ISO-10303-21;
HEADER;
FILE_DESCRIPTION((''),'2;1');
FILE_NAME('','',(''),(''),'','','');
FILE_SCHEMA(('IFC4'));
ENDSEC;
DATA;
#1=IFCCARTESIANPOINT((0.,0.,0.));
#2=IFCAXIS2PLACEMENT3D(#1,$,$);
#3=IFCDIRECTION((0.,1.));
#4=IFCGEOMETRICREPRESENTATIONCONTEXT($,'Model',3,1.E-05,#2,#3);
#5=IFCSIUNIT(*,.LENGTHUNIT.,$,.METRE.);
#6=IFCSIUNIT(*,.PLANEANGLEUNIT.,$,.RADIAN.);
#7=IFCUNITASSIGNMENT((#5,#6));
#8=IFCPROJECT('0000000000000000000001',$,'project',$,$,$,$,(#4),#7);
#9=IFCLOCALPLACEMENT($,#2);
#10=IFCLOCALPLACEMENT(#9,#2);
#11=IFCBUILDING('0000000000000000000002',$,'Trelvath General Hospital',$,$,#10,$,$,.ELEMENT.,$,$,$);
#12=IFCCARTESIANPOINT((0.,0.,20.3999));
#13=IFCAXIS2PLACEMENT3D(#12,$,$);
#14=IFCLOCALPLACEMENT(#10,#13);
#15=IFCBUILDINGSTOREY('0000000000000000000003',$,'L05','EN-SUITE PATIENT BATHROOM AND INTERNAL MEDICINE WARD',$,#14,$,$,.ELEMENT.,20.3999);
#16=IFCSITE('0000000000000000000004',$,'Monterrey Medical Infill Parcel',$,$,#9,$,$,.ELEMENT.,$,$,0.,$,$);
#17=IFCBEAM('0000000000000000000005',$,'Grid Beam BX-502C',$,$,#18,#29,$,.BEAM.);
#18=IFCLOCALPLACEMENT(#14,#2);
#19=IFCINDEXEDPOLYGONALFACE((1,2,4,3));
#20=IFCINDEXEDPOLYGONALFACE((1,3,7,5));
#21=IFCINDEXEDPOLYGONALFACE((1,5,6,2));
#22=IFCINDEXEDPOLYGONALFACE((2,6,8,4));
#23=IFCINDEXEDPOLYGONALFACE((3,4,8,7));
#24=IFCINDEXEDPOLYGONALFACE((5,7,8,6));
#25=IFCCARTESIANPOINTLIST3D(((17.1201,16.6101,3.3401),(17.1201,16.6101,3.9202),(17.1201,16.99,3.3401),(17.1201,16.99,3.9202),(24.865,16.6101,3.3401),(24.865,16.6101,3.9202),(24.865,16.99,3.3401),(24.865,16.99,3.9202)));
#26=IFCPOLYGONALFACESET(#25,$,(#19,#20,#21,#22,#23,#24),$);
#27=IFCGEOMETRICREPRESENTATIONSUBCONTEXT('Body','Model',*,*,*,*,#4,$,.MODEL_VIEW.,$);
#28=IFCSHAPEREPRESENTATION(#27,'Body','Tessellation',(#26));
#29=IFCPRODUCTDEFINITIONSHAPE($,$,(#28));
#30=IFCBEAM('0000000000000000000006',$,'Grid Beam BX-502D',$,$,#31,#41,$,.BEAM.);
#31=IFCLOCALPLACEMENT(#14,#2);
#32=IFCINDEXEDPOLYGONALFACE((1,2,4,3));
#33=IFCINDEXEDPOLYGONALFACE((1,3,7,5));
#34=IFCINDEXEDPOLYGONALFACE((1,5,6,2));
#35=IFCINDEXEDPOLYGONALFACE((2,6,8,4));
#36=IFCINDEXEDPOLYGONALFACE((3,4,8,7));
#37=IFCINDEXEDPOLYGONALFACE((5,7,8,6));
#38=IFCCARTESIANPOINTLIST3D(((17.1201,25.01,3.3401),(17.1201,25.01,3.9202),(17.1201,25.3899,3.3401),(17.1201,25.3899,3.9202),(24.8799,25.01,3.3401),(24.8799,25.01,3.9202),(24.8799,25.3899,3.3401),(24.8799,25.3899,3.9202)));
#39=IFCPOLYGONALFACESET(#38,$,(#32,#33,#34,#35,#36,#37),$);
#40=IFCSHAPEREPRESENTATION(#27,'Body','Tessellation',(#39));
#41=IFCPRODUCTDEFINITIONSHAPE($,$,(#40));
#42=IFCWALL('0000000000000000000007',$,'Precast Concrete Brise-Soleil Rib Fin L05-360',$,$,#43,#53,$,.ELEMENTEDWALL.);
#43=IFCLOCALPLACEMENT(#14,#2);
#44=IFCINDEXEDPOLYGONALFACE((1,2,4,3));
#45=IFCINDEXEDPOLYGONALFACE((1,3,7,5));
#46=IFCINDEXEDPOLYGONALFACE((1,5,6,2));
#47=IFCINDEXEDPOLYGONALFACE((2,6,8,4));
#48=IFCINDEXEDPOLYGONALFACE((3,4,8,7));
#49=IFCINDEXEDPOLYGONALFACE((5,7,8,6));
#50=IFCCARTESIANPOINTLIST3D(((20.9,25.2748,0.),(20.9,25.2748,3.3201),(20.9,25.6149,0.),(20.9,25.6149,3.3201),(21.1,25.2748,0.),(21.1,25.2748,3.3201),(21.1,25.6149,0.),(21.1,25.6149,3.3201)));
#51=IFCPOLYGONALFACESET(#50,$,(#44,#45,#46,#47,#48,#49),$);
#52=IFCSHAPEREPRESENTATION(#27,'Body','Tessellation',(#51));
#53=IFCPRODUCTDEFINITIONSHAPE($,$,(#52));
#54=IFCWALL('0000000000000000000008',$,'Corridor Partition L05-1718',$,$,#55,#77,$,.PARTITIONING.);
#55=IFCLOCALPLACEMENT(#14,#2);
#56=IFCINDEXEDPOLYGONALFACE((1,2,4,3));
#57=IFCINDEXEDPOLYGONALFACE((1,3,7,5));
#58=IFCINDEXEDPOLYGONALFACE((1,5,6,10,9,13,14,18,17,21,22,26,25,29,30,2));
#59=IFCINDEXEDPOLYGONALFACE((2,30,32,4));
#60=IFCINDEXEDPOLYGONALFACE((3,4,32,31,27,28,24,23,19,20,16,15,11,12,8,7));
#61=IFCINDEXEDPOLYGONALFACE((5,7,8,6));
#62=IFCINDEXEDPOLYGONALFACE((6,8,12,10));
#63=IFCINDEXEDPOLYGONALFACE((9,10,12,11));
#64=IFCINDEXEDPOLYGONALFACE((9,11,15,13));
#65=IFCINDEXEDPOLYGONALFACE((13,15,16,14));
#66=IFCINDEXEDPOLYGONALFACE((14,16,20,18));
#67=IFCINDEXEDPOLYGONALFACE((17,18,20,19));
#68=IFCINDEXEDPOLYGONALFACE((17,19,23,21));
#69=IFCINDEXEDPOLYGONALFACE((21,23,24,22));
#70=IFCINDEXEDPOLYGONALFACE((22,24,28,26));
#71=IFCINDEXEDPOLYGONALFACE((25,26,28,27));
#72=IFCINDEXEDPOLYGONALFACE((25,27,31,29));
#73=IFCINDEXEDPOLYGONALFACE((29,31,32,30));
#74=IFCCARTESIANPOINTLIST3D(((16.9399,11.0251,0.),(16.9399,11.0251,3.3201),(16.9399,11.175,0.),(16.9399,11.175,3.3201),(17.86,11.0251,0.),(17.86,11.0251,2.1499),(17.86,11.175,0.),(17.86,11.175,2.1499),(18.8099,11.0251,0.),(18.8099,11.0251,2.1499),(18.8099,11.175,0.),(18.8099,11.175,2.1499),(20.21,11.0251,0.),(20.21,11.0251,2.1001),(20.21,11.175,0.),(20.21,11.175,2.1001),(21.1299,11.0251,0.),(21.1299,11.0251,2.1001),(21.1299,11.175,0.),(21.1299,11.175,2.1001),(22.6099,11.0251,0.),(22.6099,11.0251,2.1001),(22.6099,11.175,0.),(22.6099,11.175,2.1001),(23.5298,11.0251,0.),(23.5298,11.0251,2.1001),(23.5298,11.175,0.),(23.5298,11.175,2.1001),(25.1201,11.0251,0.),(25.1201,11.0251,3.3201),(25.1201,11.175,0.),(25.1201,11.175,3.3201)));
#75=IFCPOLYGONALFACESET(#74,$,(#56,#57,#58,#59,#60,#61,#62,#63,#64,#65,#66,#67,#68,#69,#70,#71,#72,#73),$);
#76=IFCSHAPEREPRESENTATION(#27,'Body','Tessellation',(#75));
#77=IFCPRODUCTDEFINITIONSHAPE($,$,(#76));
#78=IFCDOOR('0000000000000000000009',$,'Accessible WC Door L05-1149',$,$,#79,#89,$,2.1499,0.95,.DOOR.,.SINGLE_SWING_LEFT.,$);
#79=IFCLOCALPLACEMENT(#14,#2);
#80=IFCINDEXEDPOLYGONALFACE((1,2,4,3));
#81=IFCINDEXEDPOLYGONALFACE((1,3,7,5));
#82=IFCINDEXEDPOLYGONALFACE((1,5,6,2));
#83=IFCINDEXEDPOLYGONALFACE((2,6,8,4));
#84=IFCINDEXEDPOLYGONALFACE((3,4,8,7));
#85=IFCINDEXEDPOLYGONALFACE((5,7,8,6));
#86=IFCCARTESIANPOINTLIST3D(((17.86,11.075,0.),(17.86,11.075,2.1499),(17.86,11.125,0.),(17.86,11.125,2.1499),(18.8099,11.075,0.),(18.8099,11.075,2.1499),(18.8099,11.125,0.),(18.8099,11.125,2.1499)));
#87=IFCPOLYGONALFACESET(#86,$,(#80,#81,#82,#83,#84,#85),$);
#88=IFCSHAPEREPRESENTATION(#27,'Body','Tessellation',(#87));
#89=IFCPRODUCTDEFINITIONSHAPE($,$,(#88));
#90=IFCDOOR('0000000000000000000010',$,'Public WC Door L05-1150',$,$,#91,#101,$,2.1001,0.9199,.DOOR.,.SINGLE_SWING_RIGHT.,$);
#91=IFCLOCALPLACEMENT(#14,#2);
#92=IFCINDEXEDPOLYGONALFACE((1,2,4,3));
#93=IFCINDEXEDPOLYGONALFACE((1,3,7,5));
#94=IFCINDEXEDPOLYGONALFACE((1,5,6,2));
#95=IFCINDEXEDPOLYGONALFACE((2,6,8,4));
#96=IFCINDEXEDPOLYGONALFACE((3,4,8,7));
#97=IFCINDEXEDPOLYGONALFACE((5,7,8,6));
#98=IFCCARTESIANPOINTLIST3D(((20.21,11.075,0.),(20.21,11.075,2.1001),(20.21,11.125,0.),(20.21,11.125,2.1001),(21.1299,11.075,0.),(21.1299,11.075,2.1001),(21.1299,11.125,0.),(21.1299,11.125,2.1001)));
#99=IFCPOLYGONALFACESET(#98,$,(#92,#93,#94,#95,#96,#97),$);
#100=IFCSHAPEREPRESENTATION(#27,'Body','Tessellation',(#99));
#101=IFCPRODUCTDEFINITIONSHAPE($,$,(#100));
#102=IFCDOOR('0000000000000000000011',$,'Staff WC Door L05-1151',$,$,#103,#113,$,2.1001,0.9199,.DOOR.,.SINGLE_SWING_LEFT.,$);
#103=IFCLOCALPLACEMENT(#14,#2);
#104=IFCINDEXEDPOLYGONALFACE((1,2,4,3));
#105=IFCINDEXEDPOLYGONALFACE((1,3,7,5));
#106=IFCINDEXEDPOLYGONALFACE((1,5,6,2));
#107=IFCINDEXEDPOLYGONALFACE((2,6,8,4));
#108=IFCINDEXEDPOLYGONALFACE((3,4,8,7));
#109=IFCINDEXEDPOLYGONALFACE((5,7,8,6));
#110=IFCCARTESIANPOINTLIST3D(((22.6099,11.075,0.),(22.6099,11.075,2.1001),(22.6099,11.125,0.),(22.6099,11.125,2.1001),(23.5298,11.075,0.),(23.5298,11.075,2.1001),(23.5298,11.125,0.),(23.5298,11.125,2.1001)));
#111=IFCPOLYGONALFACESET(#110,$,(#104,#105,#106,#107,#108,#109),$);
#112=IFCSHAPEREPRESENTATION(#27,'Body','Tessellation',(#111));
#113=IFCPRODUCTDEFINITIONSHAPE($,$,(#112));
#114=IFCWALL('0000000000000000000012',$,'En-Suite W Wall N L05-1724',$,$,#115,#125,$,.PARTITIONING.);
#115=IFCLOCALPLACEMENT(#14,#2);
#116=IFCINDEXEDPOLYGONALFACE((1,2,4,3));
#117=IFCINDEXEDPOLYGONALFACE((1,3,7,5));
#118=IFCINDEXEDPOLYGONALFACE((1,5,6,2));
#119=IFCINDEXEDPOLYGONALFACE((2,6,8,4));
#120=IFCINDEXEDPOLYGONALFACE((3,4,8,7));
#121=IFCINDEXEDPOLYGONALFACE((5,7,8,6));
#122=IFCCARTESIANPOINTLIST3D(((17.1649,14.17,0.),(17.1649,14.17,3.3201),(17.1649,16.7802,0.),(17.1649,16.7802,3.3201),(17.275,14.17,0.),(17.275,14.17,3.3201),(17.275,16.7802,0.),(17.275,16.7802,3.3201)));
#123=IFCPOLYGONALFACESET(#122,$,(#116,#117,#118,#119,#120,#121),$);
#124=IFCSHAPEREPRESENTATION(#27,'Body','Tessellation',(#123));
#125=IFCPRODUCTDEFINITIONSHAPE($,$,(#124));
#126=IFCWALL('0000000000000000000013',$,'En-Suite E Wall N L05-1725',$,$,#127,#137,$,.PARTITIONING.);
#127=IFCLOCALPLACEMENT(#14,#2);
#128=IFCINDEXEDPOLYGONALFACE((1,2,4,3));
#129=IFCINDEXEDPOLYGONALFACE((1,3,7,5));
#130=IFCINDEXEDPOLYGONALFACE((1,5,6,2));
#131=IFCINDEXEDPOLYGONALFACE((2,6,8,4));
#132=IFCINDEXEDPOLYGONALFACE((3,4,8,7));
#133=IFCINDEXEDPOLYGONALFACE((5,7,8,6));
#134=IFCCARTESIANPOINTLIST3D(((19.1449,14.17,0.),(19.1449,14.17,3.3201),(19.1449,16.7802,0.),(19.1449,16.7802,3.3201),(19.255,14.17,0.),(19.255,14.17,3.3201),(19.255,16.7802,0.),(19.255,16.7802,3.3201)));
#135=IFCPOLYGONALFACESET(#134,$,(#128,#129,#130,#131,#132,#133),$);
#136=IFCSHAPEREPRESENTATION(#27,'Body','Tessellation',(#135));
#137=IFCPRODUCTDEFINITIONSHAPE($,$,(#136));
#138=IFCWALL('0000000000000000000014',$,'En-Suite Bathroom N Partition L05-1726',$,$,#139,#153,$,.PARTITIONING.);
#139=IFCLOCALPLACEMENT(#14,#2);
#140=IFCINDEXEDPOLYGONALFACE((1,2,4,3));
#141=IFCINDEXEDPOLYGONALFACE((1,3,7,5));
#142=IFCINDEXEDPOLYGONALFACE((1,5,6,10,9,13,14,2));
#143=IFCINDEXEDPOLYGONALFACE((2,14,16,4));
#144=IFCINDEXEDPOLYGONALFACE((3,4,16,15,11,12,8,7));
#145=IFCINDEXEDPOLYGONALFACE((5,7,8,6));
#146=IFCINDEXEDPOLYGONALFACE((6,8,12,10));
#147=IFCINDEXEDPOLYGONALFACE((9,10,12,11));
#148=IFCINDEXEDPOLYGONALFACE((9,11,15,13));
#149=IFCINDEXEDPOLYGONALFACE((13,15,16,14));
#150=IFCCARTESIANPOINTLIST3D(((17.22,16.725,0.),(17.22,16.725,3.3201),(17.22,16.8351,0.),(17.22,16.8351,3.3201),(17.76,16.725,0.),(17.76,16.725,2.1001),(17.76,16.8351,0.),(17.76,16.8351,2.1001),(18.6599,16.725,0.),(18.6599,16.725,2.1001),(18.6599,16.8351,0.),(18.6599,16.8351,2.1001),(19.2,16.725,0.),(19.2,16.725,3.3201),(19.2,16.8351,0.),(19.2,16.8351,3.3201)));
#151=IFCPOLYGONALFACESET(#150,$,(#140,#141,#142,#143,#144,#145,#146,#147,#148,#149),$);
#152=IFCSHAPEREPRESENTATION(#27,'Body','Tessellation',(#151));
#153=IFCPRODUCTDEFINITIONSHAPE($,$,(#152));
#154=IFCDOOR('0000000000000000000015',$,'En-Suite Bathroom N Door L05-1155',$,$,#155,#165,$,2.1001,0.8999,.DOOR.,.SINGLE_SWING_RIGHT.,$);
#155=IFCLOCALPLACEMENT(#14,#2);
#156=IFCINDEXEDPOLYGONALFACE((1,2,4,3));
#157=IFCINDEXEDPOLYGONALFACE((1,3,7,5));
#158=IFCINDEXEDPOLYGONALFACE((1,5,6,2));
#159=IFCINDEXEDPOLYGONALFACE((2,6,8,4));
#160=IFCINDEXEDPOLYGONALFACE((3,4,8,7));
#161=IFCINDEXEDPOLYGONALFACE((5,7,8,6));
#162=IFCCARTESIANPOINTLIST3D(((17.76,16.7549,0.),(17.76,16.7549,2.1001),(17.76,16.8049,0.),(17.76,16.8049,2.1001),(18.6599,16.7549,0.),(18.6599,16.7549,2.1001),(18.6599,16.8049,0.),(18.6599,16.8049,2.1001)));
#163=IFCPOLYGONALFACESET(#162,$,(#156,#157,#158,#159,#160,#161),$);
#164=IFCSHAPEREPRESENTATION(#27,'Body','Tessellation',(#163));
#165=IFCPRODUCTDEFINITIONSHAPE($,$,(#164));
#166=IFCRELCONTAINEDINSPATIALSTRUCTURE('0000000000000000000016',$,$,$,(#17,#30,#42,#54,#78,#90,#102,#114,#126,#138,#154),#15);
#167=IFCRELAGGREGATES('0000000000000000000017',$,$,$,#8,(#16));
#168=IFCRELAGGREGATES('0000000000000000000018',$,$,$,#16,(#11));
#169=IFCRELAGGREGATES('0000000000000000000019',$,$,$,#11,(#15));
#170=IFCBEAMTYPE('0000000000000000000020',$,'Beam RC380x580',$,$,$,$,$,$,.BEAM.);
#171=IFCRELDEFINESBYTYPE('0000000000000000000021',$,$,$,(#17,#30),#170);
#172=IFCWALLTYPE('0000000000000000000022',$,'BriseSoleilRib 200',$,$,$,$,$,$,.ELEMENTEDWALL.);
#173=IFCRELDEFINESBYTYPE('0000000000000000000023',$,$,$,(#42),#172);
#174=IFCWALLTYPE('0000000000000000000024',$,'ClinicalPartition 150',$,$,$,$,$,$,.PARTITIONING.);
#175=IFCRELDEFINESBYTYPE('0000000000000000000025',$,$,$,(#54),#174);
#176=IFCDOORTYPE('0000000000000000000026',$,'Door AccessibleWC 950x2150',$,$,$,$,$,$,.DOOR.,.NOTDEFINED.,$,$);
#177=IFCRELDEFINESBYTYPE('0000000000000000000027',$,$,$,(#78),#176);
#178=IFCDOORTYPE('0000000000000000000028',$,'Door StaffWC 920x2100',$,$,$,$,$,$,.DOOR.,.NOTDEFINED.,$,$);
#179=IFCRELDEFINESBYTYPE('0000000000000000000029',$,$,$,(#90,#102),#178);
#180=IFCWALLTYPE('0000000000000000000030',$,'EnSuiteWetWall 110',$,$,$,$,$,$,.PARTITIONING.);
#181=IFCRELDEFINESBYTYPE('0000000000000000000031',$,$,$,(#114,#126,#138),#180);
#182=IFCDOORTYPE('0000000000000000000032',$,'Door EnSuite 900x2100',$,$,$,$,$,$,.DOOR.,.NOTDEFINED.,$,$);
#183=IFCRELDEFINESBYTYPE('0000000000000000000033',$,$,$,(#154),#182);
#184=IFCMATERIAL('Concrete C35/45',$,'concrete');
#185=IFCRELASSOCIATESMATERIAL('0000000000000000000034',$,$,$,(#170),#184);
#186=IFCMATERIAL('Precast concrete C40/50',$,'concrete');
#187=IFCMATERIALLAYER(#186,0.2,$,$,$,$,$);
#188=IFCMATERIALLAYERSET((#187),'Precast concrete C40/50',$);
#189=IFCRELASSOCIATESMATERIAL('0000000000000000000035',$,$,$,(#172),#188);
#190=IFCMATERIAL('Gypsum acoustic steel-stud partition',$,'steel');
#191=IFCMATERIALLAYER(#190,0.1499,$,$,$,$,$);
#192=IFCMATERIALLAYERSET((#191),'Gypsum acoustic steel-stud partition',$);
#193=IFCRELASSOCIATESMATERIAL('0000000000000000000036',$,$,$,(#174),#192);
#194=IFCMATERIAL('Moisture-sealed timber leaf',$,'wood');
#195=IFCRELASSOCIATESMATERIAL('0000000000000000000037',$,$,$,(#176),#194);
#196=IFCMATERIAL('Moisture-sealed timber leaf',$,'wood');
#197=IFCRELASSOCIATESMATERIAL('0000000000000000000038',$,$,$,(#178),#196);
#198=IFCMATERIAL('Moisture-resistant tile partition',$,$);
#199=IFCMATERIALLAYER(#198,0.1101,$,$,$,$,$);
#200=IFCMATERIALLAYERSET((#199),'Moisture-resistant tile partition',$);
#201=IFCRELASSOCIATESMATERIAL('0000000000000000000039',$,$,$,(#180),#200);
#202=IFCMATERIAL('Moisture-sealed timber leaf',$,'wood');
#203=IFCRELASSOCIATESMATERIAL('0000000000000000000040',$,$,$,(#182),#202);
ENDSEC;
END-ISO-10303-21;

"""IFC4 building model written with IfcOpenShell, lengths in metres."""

from ifc_helpers import new_model, si_unit, direction, frame, frame_2d, origin, origin_2d, place, context, subcontext, project, spatial, rectangle, extrude, material, layer, layer_set, material_profile, profile_set, type_object, element, fill, save


model = new_model("IFC4")

# Units and contexts
model_context = context("Model", 3, precision=1e-05, world=origin(), true_north=direction((0.0, 1.0)))
body_context = subcontext(model_context, "Body", "Model", "MODEL_VIEW")
ifc_project = project(units=[si_unit("LENGTHUNIT", "METRE"), si_unit("PLANEANGLEUNIT", "RADIAN")], contexts=[model_context])

# Site, building, storey
site_placement = place(None, origin())
site = spatial("IfcSite", under=ifc_project, at=site_placement, Name="Monterrey Medical Infill Parcel", CompositionType="ELEMENT", RefElevation=0.0)
building_placement = place(site_placement, origin())
building = spatial("IfcBuilding", under=site, at=building_placement, Name="Trelvath General Hospital", CompositionType="ELEMENT")
storey_placement = place(building_placement, frame((0.0, 0.0, 20.3999)))
storey = spatial("IfcBuildingStorey", under=building, at=storey_placement, Name="L05", Description="EN-SUITE PATIENT BATHROOM AND INTERNAL MEDICINE WARD", CompositionType="ELEMENT", Elevation=20.3999)

# Beams
ifc_material_1 = material(Name="Concrete C35/45", Category="concrete")
ifc_material_profile = material_profile(ifc_material_1, rectangle(XDim=0.3799, YDim=0.5801, at=origin_2d()), Name="RCB380x580")
ifc_profile_set = profile_set([ifc_material_profile], Name="Concrete C35/45")
beam_type = type_object("IfcBeamType", Name="Beam RC380x580", PredefinedType="BEAM", material=ifc_profile_set)
beam_1_placement = place(storey_placement, frame((17.1201, 16.8, 3.6301), z_axis=(1.0, 0.0, 0.0), x_axis=(0.0, 1.0, 0.0)))
element("IfcBeam", 1, at=beam_1_placement, inside=storey, type_object=beam_type, Name="Grid Beam BX-502C", PredefinedType="BEAM", context=body_context, shape_type="SweptSolid", body=[
    extrude(rectangle(XDim=0.3799, YDim=0.5801, at=origin_2d()), origin(), (0.0, 0.0, 1.0), 7.7449),
])
beam_2_placement = place(storey_placement, frame((17.1201, 25.2, 3.6301), z_axis=(1.0, 0.0, 0.0), x_axis=(0.0, 1.0, 0.0)))
element("IfcBeam", 2, at=beam_2_placement, inside=storey, type_object=beam_type, Name="Grid Beam BX-502D", PredefinedType="BEAM", context=body_context, shape_type="SweptSolid", body=[
    extrude(rectangle(XDim=0.3799, YDim=0.5801, at=origin_2d()), origin(), (0.0, 0.0, 1.0), 7.7598),
])

# Wall
ifc_material_2 = material(Name="Precast concrete C40/50", Category="concrete")
ifc_layer_1 = layer(ifc_material_2, 0.2)
ifc_layer_set_1 = layer_set([ifc_layer_1], Name="Precast concrete C40/50")
wall_type_1 = type_object("IfcWallType", Name="BriseSoleilRib 200", PredefinedType="ELEMENTEDWALL", material=ifc_layer_set_1)
wall_1_placement = place(storey_placement, frame((21.0, 25.2749, 0.0), z_axis=(0.0, 0.0, 1.0), x_axis=(0.0, 1.0, 0.0)))
element("IfcWall", 3, at=wall_1_placement, inside=storey, type_object=wall_type_1, Name="Precast Concrete Brise-Soleil Rib Fin L05-360", PredefinedType="ELEMENTEDWALL", context=body_context, shape_type="SweptSolid", body=[
    extrude(rectangle(XDim=0.3401, YDim=0.2, at=frame_2d((0.1699, 0.0))), origin(), (0.0, 0.0, 1.0), 3.3201),
])

# Wall, openings, doors
ifc_material_3 = material(Name="Gypsum acoustic steel-stud partition", Category="steel")
ifc_layer_2 = layer(ifc_material_3, 0.1499)
ifc_layer_set_2 = layer_set([ifc_layer_2], Name="Gypsum acoustic steel-stud partition")
wall_type_2 = type_object("IfcWallType", Name="ClinicalPartition 150", PredefinedType="PARTITIONING", material=ifc_layer_set_2)
wall_2_placement = place(storey_placement, frame((16.9399, 11.1001, 0.0), z_axis=(0.0, 0.0, 1.0), x_axis=(1.0, 0.0, 0.0)))
wall_2 = element("IfcWall", 4, at=wall_2_placement, inside=storey, type_object=wall_type_2, Name="Corridor Partition L05-1718", PredefinedType="PARTITIONING", context=body_context, shape_type="SweptSolid", body=[
    extrude(rectangle(XDim=8.1802, YDim=0.1499, at=frame_2d((4.0901, 0.0))), origin(), (0.0, 0.0, 1.0), 3.3201),
])
opening_1_placement = place(wall_2_placement, frame((0.9199, 0.0, 0.0)))
opening_1 = element("IfcOpeningElement", 5, at=opening_1_placement, cuts=wall_2, PredefinedType="OPENING", context=body_context, shape_type="SweptSolid", body=[
    extrude(rectangle(XDim=0.95, YDim=2.1499, at=frame_2d((0.4751, 1.075))), frame((0.0, 0.085, 0.0), z_axis=(0.0, -1.0, 0.0), x_axis=(1.0, 0.0, 0.0)), (0.0, 0.0, 1.0), 0.1699),
])
opening_2_placement = place(wall_2_placement, frame((3.27, 0.0, 0.0)))
opening_2 = element("IfcOpeningElement", 6, at=opening_2_placement, cuts=wall_2, PredefinedType="OPENING", context=body_context, shape_type="SweptSolid", body=[
    extrude(rectangle(XDim=0.9199, YDim=2.1001, at=frame_2d((0.46, 1.05))), frame((0.0, 0.085, 0.0), z_axis=(0.0, -1.0, 0.0), x_axis=(1.0, 0.0, 0.0)), (0.0, 0.0, 1.0), 0.1699),
])
opening_3_placement = place(wall_2_placement, frame((5.6699, 0.0, 0.0)))
opening_3 = element("IfcOpeningElement", 7, at=opening_3_placement, cuts=wall_2, PredefinedType="OPENING", context=body_context, shape_type="SweptSolid", body=[
    extrude(rectangle(XDim=0.9199, YDim=2.1001, at=frame_2d((0.46, 1.05))), frame((0.0, 0.085, 0.0), z_axis=(0.0, -1.0, 0.0), x_axis=(1.0, 0.0, 0.0)), (0.0, 0.0, 1.0), 0.1699),
])
ifc_material_4 = material(Name="Moisture-sealed timber leaf", Category="wood")
door_type_1 = type_object("IfcDoorType", Name="Door AccessibleWC 950x2150", OperationType="NOTDEFINED", PredefinedType="DOOR", material=ifc_material_4)
door_1_placement = place(opening_1_placement, origin())
door_1 = element("IfcDoor", 8, at=door_1_placement, inside=storey, type_object=door_type_1, Name="Accessible WC Door L05-1149", OperationType="SINGLE_SWING_LEFT", OverallHeight=2.1499, OverallWidth=0.95, PredefinedType="DOOR", context=body_context, shape_type="SweptSolid", body=[
    extrude(rectangle(XDim=0.95, YDim=2.1499, at=frame_2d((0.4751, 1.075))), frame((0.0, 0.0249, 0.0), z_axis=(0.0, -1.0, 0.0), x_axis=(1.0, 0.0, 0.0)), (0.0, 0.0, 1.0), 0.05),
])
fill(opening_1, door_1)
ifc_material_5 = material(Name="Moisture-sealed timber leaf", Category="wood")
door_type_2 = type_object("IfcDoorType", Name="Door StaffWC 920x2100", OperationType="NOTDEFINED", PredefinedType="DOOR", material=ifc_material_5)
door_2_placement = place(opening_2_placement, origin())
door_2 = element("IfcDoor", 9, at=door_2_placement, inside=storey, type_object=door_type_2, Name="Public WC Door L05-1150", OperationType="SINGLE_SWING_RIGHT", OverallHeight=2.1001, OverallWidth=0.9199, PredefinedType="DOOR", context=body_context, shape_type="SweptSolid", body=[
    extrude(rectangle(XDim=0.9199, YDim=2.1001, at=frame_2d((0.46, 1.05))), frame((0.0, 0.0249, 0.0), z_axis=(0.0, -1.0, 0.0), x_axis=(1.0, 0.0, 0.0)), (0.0, 0.0, 1.0), 0.05),
])
fill(opening_2, door_2)
door_3_placement = place(opening_3_placement, origin())
door_3 = element("IfcDoor", 10, at=door_3_placement, inside=storey, type_object=door_type_2, Name="Staff WC Door L05-1151", OperationType="SINGLE_SWING_LEFT", OverallHeight=2.1001, OverallWidth=0.9199, PredefinedType="DOOR", context=body_context, shape_type="SweptSolid", body=[
    extrude(rectangle(XDim=0.9199, YDim=2.1001, at=frame_2d((0.46, 1.05))), frame((0.0, 0.0249, 0.0), z_axis=(0.0, -1.0, 0.0), x_axis=(1.0, 0.0, 0.0)), (0.0, 0.0, 1.0), 0.05),
])
fill(opening_3, door_3)

# Walls
ifc_material_6 = material(Name="Moisture-resistant tile partition")
ifc_layer_3 = layer(ifc_material_6, 0.1101)
ifc_layer_set_3 = layer_set([ifc_layer_3], Name="Moisture-resistant tile partition")
wall_type_3 = type_object("IfcWallType", Name="EnSuiteWetWall 110", PredefinedType="PARTITIONING", material=ifc_layer_set_3)
for number, where, z_axis, x_axis, name in (
    (11, (17.22, 14.1699, 0.0), (0.0, 0.0, 1.0), (0.0, 1.0, 0.0), "En-Suite W Wall N L05-1724"),
    (12, (19.2, 14.1699, 0.0), (0.0, 0.0, 1.0), (0.0, 1.0, 0.0), "En-Suite E Wall N L05-1725"),
):
    element("IfcWall", number, at=place(storey_placement, frame(where, z_axis=z_axis, x_axis=x_axis)), inside=storey, type_object=wall_type_3, Name=name, PredefinedType="PARTITIONING", context=body_context, shape_type="SweptSolid", body=[
        extrude(rectangle(XDim=2.6101, YDim=0.1101, at=frame_2d((1.3052, 0.0))), origin(), (0.0, 0.0, 1.0), 3.3201),
    ])

# Wall, opening, door
wall_3_placement = place(storey_placement, frame((17.22, 16.78, 0.0), z_axis=(0.0, 0.0, 1.0), x_axis=(1.0, 0.0, 0.0)))
wall_3 = element("IfcWall", 13, at=wall_3_placement, inside=storey, type_object=wall_type_3, Name="En-Suite Bathroom N Partition L05-1726", PredefinedType="PARTITIONING", context=body_context, shape_type="SweptSolid", body=[
    extrude(rectangle(XDim=1.98, YDim=0.1101, at=frame_2d((0.99, 0.0))), origin(), (0.0, 0.0, 1.0), 3.3201),
])
opening_4_placement = place(wall_3_placement, frame((0.54, 0.0, 0.0)))
opening_4 = element("IfcOpeningElement", 14, at=opening_4_placement, cuts=wall_3, PredefinedType="OPENING", context=body_context, shape_type="SweptSolid", body=[
    extrude(rectangle(XDim=0.8999, YDim=2.1001, at=frame_2d((0.45, 1.05))), frame((0.0, 0.0649, 0.0), z_axis=(0.0, -1.0, 0.0), x_axis=(1.0, 0.0, 0.0)), (0.0, 0.0, 1.0), 0.1301),
])
ifc_material_7 = material(Name="Moisture-sealed timber leaf", Category="wood")
door_type_3 = type_object("IfcDoorType", Name="Door EnSuite 900x2100", OperationType="NOTDEFINED", PredefinedType="DOOR", material=ifc_material_7)
door_4_placement = place(opening_4_placement, origin())
door_4 = element("IfcDoor", 15, at=door_4_placement, inside=storey, type_object=door_type_3, Name="En-Suite Bathroom N Door L05-1155", OperationType="SINGLE_SWING_RIGHT", OverallHeight=2.1001, OverallWidth=0.8999, PredefinedType="DOOR", context=body_context, shape_type="SweptSolid", body=[
    extrude(rectangle(XDim=0.8999, YDim=2.1001, at=frame_2d((0.45, 1.05))), frame((0.0, 0.0249, 0.0), z_axis=(0.0, -1.0, 0.0), x_axis=(1.0, 0.0, 0.0)), (0.0, 0.0, 1.0), 0.05),
])
fill(opening_4, door_4)

save(model, "model.ifc")
